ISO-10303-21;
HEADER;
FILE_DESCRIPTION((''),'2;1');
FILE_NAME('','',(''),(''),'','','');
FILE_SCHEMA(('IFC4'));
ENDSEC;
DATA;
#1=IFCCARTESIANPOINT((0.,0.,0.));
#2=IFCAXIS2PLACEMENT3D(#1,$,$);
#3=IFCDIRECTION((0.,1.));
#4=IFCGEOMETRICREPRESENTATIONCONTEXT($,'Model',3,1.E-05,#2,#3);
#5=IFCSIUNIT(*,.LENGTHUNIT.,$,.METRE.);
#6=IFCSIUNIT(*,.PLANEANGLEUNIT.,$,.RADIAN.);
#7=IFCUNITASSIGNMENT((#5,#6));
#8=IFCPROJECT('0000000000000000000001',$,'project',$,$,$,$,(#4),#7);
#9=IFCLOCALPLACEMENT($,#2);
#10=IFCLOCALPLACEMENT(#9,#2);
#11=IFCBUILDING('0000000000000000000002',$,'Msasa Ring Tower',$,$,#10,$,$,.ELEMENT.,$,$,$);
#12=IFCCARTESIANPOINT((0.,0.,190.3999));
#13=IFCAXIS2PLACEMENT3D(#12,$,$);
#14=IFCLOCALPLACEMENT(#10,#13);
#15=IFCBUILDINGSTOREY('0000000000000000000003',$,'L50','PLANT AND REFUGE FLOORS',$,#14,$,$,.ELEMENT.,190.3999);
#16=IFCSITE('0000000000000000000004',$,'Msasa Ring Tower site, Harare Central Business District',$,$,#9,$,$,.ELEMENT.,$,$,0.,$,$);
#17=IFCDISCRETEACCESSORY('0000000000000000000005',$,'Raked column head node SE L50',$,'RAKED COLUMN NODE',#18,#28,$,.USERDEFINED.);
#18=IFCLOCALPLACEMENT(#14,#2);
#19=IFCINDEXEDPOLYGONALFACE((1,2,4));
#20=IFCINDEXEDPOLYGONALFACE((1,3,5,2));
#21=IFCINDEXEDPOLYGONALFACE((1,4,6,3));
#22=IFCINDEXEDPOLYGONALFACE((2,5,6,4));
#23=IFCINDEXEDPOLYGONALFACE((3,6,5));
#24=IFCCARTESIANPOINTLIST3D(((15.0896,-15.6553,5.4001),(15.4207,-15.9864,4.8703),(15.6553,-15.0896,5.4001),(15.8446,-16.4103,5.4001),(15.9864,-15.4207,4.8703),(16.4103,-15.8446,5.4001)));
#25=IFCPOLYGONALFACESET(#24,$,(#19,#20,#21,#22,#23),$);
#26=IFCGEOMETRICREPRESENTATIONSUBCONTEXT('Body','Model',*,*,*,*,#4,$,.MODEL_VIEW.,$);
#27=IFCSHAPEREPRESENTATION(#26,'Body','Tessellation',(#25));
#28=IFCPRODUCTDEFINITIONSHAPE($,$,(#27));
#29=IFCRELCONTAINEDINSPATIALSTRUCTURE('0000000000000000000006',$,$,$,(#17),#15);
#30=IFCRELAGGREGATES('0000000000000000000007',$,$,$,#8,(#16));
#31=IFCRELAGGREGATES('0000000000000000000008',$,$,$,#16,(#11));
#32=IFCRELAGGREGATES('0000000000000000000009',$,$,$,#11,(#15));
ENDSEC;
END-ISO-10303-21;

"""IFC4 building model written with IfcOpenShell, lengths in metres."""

from ifc_helpers import new_model, si_unit, direction, frame, origin, origin_2d, place, context, subcontext, project, spatial, rectangle, extrude, clip, halfspace, element, save


model = new_model("IFC4")

# Units and contexts
model_context = context("Model", 3, precision=1e-05, world=origin(), true_north=direction((0.0, 1.0)))
body_context = subcontext(model_context, "Body", "Model", "MODEL_VIEW")
ifc_project = project(units=[si_unit("LENGTHUNIT", "METRE"), si_unit("PLANEANGLEUNIT", "RADIAN")], contexts=[model_context])

# Site, building, storey
site_placement = place(None, origin())
site = spatial("IfcSite", under=ifc_project, at=site_placement, Name="Msasa Ring Tower site, Harare Central Business District", CompositionType="ELEMENT", RefElevation=0.0)
building_placement = place(site_placement, origin())
building = spatial("IfcBuilding", under=site, at=building_placement, Name="Msasa Ring Tower", CompositionType="ELEMENT")
storey_placement = place(building_placement, frame((0.0, 0.0, 190.3999)))
storey = spatial("IfcBuildingStorey", under=building, at=storey_placement, Name="L50", Description="PLANT AND REFUGE FLOORS", CompositionType="ELEMENT", Elevation=190.3999)

# Discrete accessory
discrete_accessory_1_placement = place(storey_placement, frame((15.75, -15.75, 5.4001)))
element("IfcDiscreteAccessory", 1, at=discrete_accessory_1_placement, inside=storey, Name="Raked column head node SE L50", ObjectType="RAKED COLUMN NODE", PredefinedType="USERDEFINED", context=body_context, shape_type="Clipping", body=[
    clip(extrude(rectangle(XDim=0.8, YDim=0.8, at=origin_2d()), frame((0.1655, -0.1655, -0.2649), z_axis=(-0.468293, 0.468293, 0.749269), x_axis=(-0.707107, -0.707107, 0.0)), (0.0, 0.0, 1.0), 0.7073), halfspace(frame((0.0, 0.0, 0.0), z_axis=(0.0, 0.0, -1.0)), True)),
])

save(model, "model.ifc")
